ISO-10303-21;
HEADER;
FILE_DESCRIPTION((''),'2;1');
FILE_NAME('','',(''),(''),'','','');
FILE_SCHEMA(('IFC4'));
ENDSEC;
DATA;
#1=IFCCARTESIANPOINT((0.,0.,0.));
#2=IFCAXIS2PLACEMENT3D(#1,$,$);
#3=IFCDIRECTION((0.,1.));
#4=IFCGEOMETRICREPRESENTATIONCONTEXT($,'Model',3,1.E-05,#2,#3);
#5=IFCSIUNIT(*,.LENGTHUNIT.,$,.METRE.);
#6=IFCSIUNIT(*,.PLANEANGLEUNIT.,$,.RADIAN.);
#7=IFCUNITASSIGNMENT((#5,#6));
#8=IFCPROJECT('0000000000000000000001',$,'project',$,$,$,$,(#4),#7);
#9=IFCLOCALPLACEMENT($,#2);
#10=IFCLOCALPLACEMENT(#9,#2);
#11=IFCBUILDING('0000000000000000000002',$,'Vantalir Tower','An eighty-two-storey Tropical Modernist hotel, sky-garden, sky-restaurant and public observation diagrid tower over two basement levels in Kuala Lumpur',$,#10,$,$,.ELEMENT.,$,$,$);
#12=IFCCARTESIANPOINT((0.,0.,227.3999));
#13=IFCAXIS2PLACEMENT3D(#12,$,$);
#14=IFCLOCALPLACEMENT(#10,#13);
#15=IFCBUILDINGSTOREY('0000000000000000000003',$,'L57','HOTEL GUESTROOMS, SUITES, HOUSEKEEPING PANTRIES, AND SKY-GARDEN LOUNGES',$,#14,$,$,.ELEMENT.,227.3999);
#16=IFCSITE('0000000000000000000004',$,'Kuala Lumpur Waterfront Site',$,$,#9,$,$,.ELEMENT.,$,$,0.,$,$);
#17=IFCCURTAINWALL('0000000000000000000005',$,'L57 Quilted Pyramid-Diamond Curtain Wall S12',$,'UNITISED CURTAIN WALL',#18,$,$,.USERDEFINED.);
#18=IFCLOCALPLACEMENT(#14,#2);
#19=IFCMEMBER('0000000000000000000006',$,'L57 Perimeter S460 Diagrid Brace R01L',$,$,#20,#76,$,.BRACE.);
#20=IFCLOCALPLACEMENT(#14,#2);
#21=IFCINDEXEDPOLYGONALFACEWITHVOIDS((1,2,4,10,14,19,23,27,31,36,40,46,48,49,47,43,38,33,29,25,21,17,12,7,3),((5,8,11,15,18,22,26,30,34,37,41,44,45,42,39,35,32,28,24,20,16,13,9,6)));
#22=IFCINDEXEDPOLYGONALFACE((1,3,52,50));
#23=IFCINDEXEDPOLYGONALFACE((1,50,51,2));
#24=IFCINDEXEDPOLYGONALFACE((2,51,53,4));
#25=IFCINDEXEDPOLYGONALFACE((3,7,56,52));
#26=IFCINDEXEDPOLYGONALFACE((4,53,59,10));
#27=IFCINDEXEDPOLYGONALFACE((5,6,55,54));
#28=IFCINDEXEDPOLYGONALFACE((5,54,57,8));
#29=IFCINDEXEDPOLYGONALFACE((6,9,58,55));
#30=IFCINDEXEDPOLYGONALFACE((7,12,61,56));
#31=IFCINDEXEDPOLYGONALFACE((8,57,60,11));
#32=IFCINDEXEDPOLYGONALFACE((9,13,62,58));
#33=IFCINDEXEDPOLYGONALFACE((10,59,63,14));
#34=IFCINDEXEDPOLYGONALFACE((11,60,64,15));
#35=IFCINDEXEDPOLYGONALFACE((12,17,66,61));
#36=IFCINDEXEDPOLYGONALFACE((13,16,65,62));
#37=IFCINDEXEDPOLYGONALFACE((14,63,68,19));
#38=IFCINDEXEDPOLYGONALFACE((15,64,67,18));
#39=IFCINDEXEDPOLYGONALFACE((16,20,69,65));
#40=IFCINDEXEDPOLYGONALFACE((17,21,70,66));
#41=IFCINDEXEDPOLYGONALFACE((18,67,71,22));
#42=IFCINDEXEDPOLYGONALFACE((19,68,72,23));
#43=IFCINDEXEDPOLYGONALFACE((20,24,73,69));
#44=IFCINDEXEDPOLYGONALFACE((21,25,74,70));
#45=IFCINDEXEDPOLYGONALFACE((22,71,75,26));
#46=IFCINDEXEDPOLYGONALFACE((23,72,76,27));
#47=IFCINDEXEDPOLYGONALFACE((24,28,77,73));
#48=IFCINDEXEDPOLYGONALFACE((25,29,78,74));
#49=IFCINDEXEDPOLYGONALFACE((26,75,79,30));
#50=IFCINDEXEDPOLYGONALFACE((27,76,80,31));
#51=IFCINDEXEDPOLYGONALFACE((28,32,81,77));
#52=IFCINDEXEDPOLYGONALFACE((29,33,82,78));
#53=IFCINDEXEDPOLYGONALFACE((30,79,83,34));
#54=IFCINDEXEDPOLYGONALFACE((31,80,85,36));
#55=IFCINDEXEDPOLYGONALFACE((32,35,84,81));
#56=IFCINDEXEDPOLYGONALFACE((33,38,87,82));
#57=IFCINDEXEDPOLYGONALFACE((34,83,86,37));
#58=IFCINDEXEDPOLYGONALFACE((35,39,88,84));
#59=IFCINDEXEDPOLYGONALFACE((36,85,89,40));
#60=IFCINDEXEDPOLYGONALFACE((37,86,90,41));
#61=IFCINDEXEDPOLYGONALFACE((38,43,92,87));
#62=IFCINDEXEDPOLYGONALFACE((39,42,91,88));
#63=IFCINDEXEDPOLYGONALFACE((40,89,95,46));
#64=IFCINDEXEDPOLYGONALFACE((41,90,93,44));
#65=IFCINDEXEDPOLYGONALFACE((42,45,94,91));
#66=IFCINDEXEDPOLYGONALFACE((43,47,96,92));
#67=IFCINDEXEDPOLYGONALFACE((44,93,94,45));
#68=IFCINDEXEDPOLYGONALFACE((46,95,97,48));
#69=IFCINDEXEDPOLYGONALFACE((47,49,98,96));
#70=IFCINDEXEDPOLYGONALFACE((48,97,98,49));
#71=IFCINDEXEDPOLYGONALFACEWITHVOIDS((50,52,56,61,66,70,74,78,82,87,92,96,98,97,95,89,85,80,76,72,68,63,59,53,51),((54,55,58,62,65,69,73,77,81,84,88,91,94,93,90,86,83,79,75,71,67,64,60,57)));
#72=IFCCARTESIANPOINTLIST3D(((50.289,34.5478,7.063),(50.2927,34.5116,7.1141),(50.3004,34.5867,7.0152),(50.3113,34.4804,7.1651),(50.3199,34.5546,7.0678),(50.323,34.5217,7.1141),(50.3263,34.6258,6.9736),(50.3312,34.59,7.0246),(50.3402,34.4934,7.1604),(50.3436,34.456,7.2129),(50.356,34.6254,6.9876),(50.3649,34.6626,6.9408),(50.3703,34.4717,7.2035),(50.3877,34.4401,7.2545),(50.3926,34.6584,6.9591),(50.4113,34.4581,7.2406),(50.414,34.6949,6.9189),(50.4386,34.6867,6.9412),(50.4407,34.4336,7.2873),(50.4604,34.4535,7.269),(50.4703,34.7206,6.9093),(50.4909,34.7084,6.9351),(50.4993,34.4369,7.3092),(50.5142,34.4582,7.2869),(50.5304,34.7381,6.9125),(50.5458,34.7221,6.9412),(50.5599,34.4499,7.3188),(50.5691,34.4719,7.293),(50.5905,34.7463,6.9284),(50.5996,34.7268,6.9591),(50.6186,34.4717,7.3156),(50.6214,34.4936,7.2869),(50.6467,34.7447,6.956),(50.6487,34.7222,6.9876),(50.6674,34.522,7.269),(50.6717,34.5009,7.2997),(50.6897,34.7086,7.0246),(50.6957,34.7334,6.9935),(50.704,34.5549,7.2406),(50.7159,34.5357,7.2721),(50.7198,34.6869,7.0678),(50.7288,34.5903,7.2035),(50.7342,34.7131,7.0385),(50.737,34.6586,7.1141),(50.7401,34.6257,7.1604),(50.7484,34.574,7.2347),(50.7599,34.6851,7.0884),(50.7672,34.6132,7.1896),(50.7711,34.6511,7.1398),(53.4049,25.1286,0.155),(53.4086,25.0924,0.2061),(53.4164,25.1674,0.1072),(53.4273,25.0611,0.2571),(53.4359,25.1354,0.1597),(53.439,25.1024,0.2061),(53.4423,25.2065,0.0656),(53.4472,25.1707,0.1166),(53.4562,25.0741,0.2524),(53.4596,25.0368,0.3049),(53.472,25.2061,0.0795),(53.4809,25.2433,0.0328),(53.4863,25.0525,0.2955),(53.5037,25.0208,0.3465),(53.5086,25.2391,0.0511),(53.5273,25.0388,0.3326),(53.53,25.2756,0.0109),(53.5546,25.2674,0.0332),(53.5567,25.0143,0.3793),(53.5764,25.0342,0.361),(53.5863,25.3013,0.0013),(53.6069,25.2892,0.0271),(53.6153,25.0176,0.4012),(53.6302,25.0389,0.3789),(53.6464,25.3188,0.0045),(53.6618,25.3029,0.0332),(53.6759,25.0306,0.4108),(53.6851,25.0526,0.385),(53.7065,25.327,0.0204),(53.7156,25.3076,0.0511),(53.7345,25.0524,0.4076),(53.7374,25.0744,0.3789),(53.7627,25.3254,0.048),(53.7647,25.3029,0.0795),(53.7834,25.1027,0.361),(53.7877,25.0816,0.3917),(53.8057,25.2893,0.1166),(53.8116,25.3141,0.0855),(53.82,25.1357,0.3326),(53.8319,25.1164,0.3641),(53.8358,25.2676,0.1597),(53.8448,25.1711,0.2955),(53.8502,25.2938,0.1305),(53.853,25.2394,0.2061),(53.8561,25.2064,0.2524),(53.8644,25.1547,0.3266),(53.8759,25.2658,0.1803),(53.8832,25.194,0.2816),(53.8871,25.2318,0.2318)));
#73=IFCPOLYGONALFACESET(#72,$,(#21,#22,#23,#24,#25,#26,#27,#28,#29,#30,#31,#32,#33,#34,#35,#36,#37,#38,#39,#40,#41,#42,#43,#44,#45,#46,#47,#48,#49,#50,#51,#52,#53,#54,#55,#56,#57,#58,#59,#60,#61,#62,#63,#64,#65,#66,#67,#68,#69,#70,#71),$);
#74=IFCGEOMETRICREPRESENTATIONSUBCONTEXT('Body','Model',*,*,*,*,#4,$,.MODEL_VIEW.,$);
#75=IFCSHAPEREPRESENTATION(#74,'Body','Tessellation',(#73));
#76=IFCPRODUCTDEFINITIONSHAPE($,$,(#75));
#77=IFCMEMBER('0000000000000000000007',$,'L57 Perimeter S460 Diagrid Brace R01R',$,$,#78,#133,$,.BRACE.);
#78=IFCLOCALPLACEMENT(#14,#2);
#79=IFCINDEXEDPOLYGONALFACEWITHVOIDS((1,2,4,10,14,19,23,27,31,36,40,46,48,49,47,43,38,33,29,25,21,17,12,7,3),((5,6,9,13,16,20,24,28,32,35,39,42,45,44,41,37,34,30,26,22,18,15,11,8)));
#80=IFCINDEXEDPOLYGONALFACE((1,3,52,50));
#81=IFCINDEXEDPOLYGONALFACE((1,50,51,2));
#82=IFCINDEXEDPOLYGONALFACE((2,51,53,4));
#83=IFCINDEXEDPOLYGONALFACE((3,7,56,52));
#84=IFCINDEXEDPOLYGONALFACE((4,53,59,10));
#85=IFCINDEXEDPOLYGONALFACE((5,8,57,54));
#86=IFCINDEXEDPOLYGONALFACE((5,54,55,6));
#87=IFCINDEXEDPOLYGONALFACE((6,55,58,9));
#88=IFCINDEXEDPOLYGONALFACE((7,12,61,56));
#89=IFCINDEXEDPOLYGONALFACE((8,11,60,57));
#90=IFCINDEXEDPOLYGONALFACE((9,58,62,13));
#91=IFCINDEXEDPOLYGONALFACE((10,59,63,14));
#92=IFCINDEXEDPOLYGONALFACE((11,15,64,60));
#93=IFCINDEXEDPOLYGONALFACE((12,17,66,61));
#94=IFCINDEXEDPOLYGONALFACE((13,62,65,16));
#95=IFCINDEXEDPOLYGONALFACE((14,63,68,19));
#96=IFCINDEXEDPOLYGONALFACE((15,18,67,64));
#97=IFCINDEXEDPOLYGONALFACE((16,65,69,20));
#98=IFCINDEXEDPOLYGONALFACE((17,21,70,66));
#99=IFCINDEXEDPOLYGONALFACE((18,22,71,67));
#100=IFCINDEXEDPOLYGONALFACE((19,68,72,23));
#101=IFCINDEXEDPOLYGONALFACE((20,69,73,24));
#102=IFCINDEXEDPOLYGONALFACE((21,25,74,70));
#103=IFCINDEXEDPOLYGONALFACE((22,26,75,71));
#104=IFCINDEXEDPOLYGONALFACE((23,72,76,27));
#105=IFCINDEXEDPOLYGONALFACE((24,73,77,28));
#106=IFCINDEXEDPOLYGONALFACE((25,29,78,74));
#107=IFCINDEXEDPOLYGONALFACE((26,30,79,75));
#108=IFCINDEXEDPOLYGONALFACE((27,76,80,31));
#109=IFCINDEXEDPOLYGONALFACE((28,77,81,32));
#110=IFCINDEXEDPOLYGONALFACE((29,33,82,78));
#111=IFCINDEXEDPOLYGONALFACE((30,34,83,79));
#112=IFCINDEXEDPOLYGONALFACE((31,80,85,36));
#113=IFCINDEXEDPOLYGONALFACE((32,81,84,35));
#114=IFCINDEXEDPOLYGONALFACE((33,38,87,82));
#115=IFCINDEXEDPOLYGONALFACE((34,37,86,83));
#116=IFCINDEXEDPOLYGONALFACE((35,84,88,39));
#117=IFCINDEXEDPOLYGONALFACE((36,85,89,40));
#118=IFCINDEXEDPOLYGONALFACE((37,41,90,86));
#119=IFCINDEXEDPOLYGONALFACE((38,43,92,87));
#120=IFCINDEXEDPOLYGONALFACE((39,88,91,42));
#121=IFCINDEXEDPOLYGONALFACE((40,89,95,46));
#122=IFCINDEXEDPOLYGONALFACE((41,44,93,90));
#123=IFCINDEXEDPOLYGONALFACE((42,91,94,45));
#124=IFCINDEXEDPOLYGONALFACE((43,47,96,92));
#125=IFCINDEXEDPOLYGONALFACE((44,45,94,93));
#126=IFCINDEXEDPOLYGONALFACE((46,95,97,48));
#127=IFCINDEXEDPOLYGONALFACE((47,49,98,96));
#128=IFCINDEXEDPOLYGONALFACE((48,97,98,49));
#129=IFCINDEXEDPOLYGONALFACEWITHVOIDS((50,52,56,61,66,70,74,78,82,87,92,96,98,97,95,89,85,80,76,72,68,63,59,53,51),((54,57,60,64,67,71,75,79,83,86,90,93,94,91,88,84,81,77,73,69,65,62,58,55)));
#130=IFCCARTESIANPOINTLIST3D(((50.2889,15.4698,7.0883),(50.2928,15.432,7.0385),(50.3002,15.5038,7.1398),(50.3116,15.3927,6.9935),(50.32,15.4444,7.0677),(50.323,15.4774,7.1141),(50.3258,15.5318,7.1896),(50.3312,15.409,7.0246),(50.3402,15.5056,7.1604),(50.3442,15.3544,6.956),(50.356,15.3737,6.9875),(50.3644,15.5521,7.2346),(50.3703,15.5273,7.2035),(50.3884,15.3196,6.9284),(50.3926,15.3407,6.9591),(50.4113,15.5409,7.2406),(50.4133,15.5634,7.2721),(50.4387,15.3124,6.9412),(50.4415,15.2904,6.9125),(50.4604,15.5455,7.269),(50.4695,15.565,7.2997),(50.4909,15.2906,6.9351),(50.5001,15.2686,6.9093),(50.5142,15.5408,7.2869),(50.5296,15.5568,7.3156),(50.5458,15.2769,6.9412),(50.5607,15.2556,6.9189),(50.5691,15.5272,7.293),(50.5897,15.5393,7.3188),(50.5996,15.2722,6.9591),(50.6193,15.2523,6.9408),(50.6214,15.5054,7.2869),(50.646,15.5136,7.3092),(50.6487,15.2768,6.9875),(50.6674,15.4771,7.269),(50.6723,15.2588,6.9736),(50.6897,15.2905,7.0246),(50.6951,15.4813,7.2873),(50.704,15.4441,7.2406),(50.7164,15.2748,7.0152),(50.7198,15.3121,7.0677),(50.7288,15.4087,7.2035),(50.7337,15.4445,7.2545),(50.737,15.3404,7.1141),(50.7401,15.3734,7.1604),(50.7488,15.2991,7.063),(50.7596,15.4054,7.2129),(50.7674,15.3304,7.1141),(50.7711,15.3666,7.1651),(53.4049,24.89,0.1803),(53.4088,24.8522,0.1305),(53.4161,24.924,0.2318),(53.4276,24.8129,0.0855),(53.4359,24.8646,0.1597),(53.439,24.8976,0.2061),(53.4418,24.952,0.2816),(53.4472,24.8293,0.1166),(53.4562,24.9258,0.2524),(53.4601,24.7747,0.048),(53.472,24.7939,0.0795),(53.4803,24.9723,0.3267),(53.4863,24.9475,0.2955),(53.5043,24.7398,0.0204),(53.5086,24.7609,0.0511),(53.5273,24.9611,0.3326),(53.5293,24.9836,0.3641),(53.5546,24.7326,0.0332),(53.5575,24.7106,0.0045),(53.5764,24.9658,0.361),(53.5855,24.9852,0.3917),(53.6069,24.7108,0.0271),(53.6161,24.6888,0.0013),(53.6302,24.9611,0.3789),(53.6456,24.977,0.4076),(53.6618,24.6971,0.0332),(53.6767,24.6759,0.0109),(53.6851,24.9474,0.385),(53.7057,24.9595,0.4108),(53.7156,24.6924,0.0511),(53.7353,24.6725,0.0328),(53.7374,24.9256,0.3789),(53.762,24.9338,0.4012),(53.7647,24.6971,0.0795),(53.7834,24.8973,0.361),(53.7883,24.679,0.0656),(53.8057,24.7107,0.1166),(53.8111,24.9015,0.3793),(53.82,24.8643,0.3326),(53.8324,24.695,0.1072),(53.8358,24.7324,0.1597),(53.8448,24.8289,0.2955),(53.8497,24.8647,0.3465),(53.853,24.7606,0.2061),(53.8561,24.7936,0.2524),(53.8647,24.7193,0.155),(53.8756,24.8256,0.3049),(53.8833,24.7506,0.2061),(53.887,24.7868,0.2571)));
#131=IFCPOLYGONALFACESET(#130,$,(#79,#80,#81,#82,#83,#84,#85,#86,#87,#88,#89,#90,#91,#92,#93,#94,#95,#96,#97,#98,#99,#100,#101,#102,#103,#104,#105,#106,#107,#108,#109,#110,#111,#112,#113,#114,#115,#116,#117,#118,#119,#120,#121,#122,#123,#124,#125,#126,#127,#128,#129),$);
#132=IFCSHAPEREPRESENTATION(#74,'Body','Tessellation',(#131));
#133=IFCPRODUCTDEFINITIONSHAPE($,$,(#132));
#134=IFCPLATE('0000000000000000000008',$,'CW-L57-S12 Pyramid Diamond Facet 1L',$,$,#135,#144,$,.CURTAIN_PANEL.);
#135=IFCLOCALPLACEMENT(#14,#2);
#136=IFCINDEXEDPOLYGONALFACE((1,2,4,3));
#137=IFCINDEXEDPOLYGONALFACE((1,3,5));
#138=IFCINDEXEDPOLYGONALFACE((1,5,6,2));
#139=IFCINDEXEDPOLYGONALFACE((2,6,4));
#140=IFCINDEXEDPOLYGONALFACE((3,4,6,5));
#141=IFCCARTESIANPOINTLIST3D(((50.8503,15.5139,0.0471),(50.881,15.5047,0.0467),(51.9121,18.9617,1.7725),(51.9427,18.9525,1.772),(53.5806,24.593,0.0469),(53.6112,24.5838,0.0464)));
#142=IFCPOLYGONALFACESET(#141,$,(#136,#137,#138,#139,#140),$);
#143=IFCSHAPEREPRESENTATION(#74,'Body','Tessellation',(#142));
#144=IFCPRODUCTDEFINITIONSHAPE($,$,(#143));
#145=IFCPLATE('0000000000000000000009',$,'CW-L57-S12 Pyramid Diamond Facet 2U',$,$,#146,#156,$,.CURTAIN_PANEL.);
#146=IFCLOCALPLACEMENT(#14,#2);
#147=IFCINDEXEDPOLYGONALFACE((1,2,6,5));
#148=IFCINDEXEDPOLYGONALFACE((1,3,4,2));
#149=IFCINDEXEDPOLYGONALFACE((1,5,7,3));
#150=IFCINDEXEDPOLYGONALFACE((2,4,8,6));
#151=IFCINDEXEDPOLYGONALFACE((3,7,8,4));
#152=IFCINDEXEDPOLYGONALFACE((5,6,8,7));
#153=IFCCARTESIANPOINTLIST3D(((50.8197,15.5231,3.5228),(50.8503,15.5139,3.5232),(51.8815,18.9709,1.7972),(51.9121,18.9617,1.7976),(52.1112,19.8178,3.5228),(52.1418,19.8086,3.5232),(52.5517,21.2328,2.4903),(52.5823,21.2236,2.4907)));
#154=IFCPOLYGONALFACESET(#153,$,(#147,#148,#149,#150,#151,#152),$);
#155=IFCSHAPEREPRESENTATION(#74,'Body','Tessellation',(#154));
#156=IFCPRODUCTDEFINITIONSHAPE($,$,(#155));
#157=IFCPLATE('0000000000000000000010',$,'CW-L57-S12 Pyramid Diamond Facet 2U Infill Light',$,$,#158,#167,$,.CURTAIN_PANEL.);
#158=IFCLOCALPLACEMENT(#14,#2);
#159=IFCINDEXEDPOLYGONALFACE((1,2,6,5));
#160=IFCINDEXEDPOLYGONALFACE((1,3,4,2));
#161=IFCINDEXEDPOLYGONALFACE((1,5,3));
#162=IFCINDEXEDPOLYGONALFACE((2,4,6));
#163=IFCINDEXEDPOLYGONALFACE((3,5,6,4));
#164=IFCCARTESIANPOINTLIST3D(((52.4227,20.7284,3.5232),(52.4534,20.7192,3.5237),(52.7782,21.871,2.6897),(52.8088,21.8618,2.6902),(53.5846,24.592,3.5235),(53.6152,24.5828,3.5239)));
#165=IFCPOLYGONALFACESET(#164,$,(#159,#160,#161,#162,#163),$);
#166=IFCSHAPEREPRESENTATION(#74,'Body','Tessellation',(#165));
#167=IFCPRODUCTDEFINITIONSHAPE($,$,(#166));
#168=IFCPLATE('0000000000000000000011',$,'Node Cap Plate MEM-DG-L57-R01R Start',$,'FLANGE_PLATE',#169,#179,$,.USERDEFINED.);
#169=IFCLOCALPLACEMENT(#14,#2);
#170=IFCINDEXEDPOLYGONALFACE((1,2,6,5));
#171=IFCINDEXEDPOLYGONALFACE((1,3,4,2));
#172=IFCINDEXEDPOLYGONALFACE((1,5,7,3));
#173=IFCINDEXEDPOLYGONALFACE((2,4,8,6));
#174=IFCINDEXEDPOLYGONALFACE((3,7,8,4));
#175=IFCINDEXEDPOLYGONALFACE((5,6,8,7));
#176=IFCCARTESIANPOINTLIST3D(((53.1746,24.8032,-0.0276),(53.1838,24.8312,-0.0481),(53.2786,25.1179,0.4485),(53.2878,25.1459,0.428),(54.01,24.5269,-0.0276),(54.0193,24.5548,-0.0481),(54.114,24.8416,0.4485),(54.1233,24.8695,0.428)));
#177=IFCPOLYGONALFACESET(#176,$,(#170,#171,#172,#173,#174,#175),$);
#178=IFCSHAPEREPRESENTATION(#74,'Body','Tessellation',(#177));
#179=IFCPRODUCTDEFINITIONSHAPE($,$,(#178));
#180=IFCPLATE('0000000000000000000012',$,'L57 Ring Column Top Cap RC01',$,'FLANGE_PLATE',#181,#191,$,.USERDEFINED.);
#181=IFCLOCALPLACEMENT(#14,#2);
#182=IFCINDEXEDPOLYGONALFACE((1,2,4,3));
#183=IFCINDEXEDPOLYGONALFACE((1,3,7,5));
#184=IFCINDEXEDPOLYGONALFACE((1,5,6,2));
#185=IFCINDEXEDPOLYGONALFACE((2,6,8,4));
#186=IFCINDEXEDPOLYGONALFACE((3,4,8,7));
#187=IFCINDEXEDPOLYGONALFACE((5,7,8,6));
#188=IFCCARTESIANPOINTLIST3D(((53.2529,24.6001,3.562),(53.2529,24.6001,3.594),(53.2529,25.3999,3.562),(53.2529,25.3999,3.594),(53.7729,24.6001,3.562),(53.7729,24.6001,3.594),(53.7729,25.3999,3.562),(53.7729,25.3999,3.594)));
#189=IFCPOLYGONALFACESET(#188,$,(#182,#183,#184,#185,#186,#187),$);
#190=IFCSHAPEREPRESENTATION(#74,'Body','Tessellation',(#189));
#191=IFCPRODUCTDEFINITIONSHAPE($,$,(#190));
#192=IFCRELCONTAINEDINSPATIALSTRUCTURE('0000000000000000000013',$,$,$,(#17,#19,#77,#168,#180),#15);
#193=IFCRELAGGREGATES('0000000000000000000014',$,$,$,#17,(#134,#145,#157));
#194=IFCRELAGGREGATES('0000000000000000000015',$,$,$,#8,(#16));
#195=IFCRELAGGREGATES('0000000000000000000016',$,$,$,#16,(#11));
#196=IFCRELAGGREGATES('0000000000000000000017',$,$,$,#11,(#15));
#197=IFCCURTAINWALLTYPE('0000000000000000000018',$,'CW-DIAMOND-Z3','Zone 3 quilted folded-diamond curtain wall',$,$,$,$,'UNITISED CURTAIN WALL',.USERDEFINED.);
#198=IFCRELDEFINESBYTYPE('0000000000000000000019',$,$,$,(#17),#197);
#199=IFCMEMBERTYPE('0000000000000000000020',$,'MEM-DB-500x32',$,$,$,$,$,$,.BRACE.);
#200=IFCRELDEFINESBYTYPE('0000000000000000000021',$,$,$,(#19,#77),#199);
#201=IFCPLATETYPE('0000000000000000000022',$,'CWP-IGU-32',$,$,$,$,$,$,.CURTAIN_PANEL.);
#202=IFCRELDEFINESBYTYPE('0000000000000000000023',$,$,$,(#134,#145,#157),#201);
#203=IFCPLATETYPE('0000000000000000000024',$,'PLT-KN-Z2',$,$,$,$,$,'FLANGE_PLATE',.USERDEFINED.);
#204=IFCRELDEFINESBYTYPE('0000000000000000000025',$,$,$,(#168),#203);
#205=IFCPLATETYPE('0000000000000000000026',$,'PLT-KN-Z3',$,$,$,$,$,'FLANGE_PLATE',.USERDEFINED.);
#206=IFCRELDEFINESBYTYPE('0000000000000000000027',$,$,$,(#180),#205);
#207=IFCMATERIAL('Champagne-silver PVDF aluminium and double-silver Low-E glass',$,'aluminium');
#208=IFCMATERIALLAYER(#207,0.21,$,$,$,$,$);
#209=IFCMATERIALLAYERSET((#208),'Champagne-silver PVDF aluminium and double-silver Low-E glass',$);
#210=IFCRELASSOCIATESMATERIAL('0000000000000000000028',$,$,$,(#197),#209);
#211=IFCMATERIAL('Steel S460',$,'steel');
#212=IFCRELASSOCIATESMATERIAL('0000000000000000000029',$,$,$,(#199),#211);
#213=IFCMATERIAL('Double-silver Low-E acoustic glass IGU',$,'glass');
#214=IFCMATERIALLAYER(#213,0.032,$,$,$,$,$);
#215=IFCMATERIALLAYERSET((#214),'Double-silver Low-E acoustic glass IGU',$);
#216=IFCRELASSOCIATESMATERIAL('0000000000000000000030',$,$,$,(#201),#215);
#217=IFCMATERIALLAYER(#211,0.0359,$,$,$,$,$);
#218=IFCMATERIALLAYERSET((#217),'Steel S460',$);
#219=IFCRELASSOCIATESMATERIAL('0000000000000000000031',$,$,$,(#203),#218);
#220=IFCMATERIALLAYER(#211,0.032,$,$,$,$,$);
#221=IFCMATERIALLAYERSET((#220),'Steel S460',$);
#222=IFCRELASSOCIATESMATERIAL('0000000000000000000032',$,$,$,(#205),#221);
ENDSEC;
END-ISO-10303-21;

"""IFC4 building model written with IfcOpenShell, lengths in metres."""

from ifc_helpers import new_model, si_unit, direction, frame, origin, origin_2d, place, context, subcontext, project, spatial, polyline, hollow_circle, outline, extrude, material, layer, layer_set, material_profile, profile_set, type_object, element, aggregate, save


model = new_model("IFC4")

# Units and contexts
model_context = context("Model", 3, precision=1e-05, world=origin(), true_north=direction((0.0, 1.0)))
body_context = subcontext(model_context, "Body", "Model", "MODEL_VIEW")
ifc_project = project(units=[si_unit("LENGTHUNIT", "METRE"), si_unit("PLANEANGLEUNIT", "RADIAN")], contexts=[model_context])

# Site, building, storey
site_placement = place(None, origin())
site = spatial("IfcSite", under=ifc_project, at=site_placement, Name="Kuala Lumpur Waterfront Site", CompositionType="ELEMENT", RefElevation=0.0)
building_placement = place(site_placement, origin())
building = spatial("IfcBuilding", under=site, at=building_placement, Name="Vantalir Tower", Description="An eighty-two-storey Tropical Modernist hotel, sky-garden, sky-restaurant and public observation diagrid tower over two basement levels in Kuala Lumpur", CompositionType="ELEMENT")
storey_placement = place(building_placement, frame((0.0, 0.0, 227.3999)))
storey = spatial("IfcBuildingStorey", under=building, at=storey_placement, Name="L57", Description="HOTEL GUESTROOMS, SUITES, HOUSEKEEPING PANTRIES, AND SKY-GARDEN LOUNGES", CompositionType="ELEMENT", Elevation=227.3999)

# Shared definitions
ifc_material_1 = material(Name="Steel S460", Category="steel")

# Curtain wall
ifc_material_2 = material(Name="Champagne-silver PVDF aluminium and double-silver Low-E glass", Category="aluminium")
ifc_layer_1 = layer(ifc_material_2, 0.21)
ifc_layer_set_1 = layer_set([ifc_layer_1], Name="Champagne-silver PVDF aluminium and double-silver Low-E glass")
curtain_wall_type = type_object("IfcCurtainWallType", Name="CW-DIAMOND-Z3", Description="Zone 3 quilted folded-diamond curtain wall", ElementType="UNITISED CURTAIN WALL", PredefinedType="USERDEFINED", material=ifc_layer_set_1)
curtain_wall_1_placement = place(storey_placement, origin())
curtain_wall_1 = element("IfcCurtainWall", 1, at=curtain_wall_1_placement, inside=storey, type_object=curtain_wall_type, Name="L57 Quilted Pyramid-Diamond Curtain Wall S12", ObjectType="UNITISED CURTAIN WALL", PredefinedType="USERDEFINED")

# Members
ifc_material_profile_1 = material_profile(ifc_material_1, hollow_circle(Radius=0.25, WallThickness=0.032, at=origin_2d()), Name="Steel S460")
ifc_profile_set_1 = profile_set([ifc_material_profile_1], Name="Steel S460")
member_type_1 = type_object("IfcMemberType", Name="MEM-DB-500x32", PredefinedType="BRACE", material=ifc_profile_set_1)
member_1_placement = place(storey_placement, frame((53.646, 25.1709, 0.2061), z_axis=(-0.257747, 0.779137, 0.571413), x_axis=(-0.949399, -0.314071, 0.0)))
element("IfcMember", 2, at=member_1_placement, inside=storey, type_object=member_type_1, Name="L57 Perimeter S460 Diagrid Brace R01L", PredefinedType="BRACE", context=body_context, shape_type="SweptSolid", body=[
    extrude(hollow_circle(Radius=0.25, WallThickness=0.032, at=origin_2d()), origin(), (0.0, 0.0, 1.0), 12.0894),
])
member_2_placement = place(storey_placement, frame((53.646, 24.8291, 0.2061), z_axis=(-0.25773, -0.779169, 0.571377), x_axis=(0.949409, -0.314042, 0.0)))
element("IfcMember", 3, at=member_2_placement, inside=storey, type_object=member_type_1, Name="L57 Perimeter S460 Diagrid Brace R01R", PredefinedType="BRACE", context=body_context, shape_type="SweptSolid", body=[
    extrude(hollow_circle(Radius=0.25, WallThickness=0.032, at=origin_2d()), origin(), (0.0, 0.0, 1.0), 12.0901),
])

# Plates
ifc_material_3 = material(Name="Double-silver Low-E acoustic glass IGU", Category="glass")
ifc_layer_2 = layer(ifc_material_3, 0.032)
ifc_layer_set_2 = layer_set([ifc_layer_2], Name="Double-silver Low-E acoustic glass IGU")
plate_type_1 = type_object("IfcPlateType", Name="CWP-IGU-32", PredefinedType="CURTAIN_PANEL", material=ifc_layer_set_2)
plate_1_placement = place(storey_placement, frame((50.8503, 15.5139, 0.0471), z_axis=(-0.957545, 0.287949, 0.01386), x_axis=(0.287976, 0.957638, -0.000026)))
plate_1 = element("IfcPlate", 4, at=plate_1_placement, type_object=plate_type_1, Name="CW-L57-S12 Pyramid Diamond Facet 1L", PredefinedType="CURTAIN_PANEL", context=body_context, shape_type="SweptSolid", body=[
    extrude(outline(polyline([(0.0, 0.0), (9.4807, 0.0), (3.6074, -1.7256), (0.0, 0.0)])), origin(), (0.0, 0.0, -1.0), 0.032),
])
plate_2_placement = place(storey_placement, frame((50.8503, 15.5139, 3.5232), z_axis=(0.957545, -0.28795, 0.013844), x_axis=(0.287977, 0.957637, 0.0)))
plate_2 = element("IfcPlate", 5, at=plate_2_placement, type_object=plate_type_1, Name="CW-L57-S12 Pyramid Diamond Facet 2U", PredefinedType="CURTAIN_PANEL", context=body_context, shape_type="SweptSolid", body=[
    extrude(outline(polyline([(0.0, 0.0), (4.4847, 0.0), (5.9666, -1.0326), (3.6075, -1.7258), (0.0, 0.0)])), origin(), (0.0, 0.0, -1.0), 0.032),
])
plate_3_placement = place(storey_placement, frame((52.4534, 20.7192, 3.5237), z_axis=(0.957545, -0.28796, 0.01363), x_axis=(0.287986, 0.957635, 0.000061)))
plate_3 = element("IfcPlate", 6, at=plate_3_placement, type_object=plate_type_1, Name="CW-L57-S12 Pyramid Diamond Facet 2U Infill Light", PredefinedType="CURTAIN_PANEL", context=body_context, shape_type="SweptSolid", body=[
    extrude(outline(polyline([(0.0, 0.0), (4.0344, 0.0), (1.1965, -0.8336), (0.0, 0.0)])), origin(), (0.0, 0.0, -1.0), 0.032),
])
aggregate(curtain_wall_1, [plate_1, plate_2, plate_3])

# Plates
ifc_layer_3 = layer(ifc_material_1, 0.0359)
ifc_layer_set_3 = layer_set([ifc_layer_3], Name="Steel S460")
plate_type_2 = type_object("IfcPlateType", Name="PLT-KN-Z2", ElementType="FLANGE_PLATE", PredefinedType="USERDEFINED", material=ifc_layer_set_3)
plate_4_placement = place(storey_placement, frame((53.1746, 24.8032, -0.0276), z_axis=(-0.257751, -0.779173, 0.571362), x_axis=(0.949402, -0.314063, 0.0)))
element("IfcPlate", 7, at=plate_4_placement, inside=storey, type_object=plate_type_2, Name="Node Cap Plate MEM-DG-L57-R01R Start", ObjectType="FLANGE_PLATE", PredefinedType="USERDEFINED", context=body_context, shape_type="SweptSolid", body=[
    extrude(outline(polyline([(0.0, 0.0), (0.88, 0.0), (0.8799, 0.5801), (-0.0001, 0.5801), (0.0, 0.0)])), origin(), (0.0, 0.0, -1.0), 0.0359),
])
ifc_layer_4 = layer(ifc_material_1, 0.032)
ifc_layer_set_4 = layer_set([ifc_layer_4], Name="Steel S460")
plate_type_3 = type_object("IfcPlateType", Name="PLT-KN-Z3", ElementType="FLANGE_PLATE", PredefinedType="USERDEFINED", material=ifc_layer_set_4)
for number, where, z_axis, x_axis, name in (
    (8, (53.2529, 25.3999, 3.594), (0.0, 0.0, 1.0), (0.0, -1.0, 0.0), "L57 Ring Column Top Cap RC01"),
):
    element("IfcPlate", number, at=place(storey_placement, frame(where, z_axis=z_axis, x_axis=x_axis)), inside=storey, type_object=plate_type_3, Name=name, ObjectType="FLANGE_PLATE", PredefinedType="USERDEFINED", context=body_context, shape_type="SweptSolid", body=[
        extrude(outline(polyline([(0.0, 0.0), (0.7998, 0.0), (0.7998, 0.52), (0.0, 0.52), (0.0, 0.0)])), origin(), (0.0, 0.0, -1.0), 0.032),
    ])

save(model, "model.ifc")
